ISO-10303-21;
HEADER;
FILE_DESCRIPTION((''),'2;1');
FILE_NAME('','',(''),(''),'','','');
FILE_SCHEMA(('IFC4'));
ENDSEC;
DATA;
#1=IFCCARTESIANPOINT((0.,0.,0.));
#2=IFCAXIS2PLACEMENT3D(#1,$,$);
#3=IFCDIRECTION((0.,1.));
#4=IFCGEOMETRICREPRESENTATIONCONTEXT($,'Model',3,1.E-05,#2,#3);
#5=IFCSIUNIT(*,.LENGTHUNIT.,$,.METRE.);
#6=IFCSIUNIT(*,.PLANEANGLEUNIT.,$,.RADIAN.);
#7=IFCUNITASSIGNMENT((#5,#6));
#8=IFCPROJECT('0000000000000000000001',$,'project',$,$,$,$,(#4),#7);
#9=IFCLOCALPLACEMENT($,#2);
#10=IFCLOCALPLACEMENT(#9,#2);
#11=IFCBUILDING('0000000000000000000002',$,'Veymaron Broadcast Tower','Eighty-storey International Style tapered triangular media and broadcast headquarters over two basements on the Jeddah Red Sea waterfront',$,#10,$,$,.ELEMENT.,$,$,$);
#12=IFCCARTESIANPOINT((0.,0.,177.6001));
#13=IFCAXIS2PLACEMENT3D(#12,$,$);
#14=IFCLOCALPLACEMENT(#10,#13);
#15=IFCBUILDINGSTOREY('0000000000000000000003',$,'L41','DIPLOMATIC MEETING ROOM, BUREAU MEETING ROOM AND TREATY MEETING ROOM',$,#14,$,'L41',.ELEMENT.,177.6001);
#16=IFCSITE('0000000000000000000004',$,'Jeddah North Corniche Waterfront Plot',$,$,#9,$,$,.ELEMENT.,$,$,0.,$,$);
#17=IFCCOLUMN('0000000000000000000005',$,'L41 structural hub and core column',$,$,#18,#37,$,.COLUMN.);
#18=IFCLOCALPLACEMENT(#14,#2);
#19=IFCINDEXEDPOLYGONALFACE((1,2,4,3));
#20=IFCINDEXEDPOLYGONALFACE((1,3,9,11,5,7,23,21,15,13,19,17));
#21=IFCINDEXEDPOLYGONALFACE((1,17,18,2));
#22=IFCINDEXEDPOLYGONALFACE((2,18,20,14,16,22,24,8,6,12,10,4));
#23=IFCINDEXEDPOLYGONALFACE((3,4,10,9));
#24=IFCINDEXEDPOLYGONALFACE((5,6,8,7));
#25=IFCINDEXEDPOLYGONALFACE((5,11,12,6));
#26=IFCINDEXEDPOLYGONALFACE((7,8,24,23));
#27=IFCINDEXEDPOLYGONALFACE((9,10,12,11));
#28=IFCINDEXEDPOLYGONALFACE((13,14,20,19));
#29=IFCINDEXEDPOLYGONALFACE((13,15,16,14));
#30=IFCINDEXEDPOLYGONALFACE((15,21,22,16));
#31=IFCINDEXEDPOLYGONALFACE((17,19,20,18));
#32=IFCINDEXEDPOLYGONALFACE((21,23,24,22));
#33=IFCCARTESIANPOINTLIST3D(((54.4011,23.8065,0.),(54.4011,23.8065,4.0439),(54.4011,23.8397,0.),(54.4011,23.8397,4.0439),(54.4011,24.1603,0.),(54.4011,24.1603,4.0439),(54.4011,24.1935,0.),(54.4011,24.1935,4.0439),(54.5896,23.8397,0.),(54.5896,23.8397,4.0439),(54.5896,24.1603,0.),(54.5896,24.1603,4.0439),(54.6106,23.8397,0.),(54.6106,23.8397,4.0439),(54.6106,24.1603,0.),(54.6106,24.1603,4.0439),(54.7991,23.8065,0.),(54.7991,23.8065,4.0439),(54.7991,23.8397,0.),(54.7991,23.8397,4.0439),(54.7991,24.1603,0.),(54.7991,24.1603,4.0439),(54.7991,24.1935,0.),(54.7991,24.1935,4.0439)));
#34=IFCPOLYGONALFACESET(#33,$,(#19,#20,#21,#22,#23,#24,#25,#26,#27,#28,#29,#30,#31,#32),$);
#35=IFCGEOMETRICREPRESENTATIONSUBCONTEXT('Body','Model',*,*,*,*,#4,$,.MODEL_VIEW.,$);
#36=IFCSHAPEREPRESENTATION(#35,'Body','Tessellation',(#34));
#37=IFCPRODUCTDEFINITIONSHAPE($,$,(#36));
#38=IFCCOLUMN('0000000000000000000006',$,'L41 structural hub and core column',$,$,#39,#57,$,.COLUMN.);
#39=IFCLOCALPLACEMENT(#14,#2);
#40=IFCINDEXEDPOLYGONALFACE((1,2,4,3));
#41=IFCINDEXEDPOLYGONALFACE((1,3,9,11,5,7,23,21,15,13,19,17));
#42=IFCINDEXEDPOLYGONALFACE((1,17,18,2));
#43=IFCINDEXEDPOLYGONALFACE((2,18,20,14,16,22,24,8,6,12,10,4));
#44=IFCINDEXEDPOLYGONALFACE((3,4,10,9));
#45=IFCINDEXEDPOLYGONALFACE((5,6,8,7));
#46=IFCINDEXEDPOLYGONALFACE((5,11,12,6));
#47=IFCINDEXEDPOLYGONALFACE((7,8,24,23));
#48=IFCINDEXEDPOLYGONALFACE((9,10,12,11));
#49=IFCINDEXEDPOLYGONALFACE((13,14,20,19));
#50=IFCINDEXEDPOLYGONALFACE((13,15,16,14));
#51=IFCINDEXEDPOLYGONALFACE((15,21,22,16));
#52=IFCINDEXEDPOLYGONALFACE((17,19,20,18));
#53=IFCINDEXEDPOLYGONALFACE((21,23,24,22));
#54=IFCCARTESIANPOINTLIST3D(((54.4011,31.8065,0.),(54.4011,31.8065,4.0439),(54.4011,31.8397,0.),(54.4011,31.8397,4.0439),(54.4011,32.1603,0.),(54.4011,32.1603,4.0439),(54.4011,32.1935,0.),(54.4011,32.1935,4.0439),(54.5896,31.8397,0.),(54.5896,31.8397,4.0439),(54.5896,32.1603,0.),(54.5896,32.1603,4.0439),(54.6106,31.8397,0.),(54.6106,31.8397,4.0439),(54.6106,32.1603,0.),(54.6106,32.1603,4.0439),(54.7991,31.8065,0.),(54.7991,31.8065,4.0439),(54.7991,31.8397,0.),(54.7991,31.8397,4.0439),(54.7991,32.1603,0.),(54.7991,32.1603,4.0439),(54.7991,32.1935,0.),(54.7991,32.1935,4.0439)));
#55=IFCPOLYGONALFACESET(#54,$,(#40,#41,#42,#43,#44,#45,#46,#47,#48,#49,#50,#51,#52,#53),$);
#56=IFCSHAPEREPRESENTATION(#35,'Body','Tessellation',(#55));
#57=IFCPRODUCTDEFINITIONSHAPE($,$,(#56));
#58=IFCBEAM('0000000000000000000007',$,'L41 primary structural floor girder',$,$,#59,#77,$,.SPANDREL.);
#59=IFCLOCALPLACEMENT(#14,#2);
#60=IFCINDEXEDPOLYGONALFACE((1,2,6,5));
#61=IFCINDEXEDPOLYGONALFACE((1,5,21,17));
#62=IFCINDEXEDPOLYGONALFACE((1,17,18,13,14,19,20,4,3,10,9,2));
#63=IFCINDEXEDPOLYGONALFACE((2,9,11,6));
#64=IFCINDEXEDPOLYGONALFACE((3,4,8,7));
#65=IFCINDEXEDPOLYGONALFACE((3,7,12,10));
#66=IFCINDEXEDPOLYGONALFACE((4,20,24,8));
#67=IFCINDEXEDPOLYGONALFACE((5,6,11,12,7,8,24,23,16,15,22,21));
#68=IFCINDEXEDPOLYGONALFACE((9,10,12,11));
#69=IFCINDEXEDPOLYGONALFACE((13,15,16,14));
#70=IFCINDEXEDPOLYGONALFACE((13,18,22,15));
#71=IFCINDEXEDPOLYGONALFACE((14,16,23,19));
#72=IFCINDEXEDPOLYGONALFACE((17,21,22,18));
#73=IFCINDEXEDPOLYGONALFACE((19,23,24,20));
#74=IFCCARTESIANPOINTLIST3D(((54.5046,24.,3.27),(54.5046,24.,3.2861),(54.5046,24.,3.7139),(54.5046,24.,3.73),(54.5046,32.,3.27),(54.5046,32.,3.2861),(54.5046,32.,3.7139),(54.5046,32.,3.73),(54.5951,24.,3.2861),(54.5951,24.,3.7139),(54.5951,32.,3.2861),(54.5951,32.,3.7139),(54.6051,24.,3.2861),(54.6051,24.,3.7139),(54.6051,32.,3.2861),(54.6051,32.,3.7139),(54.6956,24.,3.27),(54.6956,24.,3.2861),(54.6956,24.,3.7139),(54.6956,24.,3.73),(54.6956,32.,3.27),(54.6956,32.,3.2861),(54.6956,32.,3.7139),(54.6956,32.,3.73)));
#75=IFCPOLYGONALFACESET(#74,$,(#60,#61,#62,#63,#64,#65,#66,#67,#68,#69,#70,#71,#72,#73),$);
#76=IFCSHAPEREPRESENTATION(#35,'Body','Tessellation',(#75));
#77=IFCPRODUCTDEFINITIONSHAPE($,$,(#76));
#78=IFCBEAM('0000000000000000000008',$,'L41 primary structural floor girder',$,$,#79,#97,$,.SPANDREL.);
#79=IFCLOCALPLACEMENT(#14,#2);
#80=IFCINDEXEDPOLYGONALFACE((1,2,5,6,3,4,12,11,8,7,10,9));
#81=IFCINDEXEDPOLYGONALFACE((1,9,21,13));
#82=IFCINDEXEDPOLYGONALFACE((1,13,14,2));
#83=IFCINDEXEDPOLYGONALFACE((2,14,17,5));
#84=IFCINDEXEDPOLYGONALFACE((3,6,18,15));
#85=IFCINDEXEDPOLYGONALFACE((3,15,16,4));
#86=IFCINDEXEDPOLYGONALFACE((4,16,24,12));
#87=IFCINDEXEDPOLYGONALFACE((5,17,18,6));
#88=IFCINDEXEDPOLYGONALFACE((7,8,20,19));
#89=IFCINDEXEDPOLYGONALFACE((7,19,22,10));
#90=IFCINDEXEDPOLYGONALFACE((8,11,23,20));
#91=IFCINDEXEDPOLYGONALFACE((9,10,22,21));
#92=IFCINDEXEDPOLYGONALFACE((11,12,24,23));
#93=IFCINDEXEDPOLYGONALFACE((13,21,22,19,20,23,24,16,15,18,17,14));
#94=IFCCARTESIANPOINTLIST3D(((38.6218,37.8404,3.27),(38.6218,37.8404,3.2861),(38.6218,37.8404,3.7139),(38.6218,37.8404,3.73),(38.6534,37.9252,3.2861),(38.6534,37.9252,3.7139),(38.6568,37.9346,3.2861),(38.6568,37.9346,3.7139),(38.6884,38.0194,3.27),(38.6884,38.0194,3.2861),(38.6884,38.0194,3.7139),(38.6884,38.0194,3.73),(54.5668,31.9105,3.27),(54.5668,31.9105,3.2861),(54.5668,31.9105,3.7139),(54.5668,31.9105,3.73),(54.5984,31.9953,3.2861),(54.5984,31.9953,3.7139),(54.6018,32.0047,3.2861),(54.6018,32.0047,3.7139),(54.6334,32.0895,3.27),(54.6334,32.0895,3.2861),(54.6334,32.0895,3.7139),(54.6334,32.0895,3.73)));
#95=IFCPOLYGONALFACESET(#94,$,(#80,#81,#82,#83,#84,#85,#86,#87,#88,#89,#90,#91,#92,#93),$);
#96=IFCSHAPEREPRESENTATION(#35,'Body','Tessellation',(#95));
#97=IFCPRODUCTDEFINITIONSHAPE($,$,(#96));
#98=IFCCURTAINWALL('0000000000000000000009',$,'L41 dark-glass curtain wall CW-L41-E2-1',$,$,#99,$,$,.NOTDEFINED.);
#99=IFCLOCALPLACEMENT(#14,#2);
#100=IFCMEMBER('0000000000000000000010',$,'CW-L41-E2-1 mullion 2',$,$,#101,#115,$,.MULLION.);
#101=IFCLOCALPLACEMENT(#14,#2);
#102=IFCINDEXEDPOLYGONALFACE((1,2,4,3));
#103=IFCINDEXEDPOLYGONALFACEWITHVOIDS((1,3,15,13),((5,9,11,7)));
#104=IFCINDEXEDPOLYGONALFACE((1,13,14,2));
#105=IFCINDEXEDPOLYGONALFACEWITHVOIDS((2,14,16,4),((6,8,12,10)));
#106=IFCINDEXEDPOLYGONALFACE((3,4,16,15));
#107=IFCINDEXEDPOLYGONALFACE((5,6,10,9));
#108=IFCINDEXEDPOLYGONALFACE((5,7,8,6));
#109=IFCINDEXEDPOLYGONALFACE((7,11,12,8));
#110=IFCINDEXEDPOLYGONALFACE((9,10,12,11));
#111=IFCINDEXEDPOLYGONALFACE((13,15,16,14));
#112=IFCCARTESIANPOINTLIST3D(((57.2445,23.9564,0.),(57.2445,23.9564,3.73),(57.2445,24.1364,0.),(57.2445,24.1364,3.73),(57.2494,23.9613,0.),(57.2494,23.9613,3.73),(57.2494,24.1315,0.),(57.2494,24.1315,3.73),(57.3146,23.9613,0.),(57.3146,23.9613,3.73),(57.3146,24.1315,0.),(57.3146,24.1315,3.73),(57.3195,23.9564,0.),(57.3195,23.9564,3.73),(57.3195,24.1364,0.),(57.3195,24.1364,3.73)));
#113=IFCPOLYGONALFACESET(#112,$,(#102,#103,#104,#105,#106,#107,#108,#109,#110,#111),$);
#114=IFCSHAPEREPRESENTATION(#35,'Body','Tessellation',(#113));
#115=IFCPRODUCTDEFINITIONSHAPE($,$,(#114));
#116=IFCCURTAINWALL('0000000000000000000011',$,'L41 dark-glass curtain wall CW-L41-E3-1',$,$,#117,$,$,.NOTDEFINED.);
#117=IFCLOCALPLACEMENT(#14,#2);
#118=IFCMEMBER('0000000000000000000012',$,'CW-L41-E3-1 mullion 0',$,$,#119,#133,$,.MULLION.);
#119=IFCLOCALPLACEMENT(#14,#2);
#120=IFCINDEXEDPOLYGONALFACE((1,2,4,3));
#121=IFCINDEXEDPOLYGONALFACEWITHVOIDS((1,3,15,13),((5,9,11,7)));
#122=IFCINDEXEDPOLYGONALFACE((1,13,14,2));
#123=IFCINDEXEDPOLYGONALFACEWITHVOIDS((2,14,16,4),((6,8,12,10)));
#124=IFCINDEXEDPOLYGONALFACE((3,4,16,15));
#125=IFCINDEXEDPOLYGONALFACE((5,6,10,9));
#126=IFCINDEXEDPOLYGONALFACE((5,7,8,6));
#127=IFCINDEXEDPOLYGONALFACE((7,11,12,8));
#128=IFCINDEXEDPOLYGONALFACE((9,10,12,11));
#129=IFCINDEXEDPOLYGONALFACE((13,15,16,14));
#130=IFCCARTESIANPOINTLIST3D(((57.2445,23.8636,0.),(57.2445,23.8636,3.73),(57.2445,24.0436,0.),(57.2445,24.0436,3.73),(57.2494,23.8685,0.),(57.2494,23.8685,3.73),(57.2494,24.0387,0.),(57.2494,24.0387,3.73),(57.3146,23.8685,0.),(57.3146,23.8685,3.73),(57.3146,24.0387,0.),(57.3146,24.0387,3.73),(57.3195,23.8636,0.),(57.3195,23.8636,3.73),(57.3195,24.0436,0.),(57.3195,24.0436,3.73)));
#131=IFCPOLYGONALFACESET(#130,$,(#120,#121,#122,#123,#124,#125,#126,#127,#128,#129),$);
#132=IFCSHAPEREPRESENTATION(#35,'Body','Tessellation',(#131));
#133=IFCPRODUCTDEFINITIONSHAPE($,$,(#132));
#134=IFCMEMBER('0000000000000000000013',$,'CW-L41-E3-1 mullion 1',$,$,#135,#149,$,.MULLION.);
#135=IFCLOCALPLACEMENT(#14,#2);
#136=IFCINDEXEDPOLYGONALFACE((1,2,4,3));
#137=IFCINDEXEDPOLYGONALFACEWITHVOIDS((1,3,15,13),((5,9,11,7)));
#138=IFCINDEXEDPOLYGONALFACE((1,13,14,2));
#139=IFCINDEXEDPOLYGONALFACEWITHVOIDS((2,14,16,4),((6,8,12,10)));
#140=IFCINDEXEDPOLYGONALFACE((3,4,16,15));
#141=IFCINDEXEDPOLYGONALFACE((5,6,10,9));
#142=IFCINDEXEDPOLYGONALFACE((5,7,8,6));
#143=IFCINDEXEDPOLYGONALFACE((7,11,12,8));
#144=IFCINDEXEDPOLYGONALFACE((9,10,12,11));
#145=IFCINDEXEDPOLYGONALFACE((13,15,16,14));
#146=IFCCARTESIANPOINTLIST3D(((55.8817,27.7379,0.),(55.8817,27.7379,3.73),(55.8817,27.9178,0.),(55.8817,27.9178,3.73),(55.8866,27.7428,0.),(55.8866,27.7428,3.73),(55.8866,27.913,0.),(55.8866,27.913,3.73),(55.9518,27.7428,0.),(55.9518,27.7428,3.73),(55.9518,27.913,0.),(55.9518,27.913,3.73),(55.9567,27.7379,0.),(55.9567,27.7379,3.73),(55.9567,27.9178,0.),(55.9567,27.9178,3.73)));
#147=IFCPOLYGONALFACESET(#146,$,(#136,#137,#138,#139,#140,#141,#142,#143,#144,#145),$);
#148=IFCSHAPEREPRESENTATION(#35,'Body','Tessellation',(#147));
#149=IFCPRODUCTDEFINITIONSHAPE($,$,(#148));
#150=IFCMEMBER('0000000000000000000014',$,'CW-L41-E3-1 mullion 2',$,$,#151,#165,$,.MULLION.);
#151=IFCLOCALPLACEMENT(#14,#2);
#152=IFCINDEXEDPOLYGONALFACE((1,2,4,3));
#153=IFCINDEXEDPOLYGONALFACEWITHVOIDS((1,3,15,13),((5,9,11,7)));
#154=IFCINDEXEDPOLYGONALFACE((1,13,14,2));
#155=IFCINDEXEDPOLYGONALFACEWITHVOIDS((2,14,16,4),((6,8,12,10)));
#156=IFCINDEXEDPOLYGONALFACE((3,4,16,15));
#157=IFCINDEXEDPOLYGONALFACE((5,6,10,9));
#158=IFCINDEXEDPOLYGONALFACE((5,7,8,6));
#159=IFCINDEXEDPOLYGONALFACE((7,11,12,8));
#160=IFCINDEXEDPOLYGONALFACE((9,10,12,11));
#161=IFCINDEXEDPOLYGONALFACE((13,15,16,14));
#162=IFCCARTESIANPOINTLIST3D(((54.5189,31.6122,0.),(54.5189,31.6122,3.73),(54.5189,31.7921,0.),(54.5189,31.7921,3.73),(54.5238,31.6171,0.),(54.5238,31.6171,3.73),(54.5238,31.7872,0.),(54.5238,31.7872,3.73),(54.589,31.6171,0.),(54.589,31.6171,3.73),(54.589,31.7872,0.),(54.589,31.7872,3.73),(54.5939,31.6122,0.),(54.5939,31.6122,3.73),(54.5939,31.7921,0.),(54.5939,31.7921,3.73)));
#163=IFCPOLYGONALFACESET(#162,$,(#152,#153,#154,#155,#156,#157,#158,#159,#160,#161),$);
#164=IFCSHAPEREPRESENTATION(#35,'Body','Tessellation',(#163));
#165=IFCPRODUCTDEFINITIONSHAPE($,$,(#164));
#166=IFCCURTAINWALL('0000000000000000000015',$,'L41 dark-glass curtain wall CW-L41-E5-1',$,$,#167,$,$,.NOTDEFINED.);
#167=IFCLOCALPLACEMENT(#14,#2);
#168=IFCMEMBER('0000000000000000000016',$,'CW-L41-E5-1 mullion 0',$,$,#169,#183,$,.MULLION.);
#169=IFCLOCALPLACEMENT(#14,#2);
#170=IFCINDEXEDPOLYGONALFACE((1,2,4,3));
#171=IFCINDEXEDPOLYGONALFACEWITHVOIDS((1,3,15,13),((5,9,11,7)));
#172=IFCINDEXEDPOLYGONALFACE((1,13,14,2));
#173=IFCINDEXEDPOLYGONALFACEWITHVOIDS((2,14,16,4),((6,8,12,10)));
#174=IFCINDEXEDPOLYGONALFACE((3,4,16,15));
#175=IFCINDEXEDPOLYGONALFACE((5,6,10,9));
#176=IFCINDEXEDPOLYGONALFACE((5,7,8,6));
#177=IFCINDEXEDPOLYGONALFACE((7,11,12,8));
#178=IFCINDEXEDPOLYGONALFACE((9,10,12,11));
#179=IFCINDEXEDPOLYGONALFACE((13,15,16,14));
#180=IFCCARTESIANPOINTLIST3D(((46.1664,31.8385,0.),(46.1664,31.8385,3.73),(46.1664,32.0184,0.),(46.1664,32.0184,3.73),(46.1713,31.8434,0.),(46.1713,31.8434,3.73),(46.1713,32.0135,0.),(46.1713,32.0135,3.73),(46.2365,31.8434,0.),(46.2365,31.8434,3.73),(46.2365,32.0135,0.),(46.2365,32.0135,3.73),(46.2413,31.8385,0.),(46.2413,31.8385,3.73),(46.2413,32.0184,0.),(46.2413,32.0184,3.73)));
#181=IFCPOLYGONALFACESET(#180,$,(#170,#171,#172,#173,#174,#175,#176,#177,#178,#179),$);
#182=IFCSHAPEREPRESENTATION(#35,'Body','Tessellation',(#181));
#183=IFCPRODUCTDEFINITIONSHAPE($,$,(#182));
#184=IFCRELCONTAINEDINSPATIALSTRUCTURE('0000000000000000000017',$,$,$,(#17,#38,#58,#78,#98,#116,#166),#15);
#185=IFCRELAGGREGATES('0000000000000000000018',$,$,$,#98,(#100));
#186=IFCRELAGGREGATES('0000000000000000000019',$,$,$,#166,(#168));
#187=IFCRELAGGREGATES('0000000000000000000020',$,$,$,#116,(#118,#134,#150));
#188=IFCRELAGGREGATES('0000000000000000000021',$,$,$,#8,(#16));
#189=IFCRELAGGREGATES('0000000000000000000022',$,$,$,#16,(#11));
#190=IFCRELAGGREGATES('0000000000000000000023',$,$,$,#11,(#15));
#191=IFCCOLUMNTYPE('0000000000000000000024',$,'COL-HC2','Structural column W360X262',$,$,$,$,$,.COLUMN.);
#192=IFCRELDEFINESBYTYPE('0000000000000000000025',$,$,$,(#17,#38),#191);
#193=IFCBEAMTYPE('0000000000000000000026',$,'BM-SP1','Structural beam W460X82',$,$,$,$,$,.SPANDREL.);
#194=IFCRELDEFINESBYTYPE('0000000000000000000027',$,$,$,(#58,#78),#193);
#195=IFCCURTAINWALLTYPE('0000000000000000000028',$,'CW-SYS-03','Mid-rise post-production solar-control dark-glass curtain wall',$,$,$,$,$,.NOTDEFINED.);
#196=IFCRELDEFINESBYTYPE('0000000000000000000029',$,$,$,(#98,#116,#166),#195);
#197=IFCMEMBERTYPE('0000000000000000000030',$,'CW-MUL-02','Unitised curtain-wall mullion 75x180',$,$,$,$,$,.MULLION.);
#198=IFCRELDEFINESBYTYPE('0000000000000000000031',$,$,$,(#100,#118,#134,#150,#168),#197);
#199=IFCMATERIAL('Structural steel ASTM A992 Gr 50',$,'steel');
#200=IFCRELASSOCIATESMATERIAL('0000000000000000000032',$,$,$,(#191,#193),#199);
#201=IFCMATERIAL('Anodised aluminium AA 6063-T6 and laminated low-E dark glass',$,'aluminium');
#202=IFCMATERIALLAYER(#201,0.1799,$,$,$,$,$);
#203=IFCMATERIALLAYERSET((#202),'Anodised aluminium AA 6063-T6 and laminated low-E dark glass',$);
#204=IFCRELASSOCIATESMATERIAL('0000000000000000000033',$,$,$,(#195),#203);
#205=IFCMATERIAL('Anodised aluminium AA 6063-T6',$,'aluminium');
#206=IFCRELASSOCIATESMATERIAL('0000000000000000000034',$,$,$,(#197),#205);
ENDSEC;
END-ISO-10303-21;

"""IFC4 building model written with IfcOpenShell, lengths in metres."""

from ifc_helpers import new_model, si_unit, direction, frame, origin, origin_2d, place, context, subcontext, project, spatial, hollow_rectangle, i_section, extrude, material, layer, layer_set, material_profile, profile_set, type_object, element, aggregate, save


model = new_model("IFC4")

# Units and contexts
model_context = context("Model", 3, precision=1e-05, world=origin(), true_north=direction((0.0, 1.0)))
body_context = subcontext(model_context, "Body", "Model", "MODEL_VIEW")
ifc_project = project(units=[si_unit("LENGTHUNIT", "METRE"), si_unit("PLANEANGLEUNIT", "RADIAN")], contexts=[model_context])

# Site, building, storey
site_placement = place(None, origin())
site = spatial("IfcSite", under=ifc_project, at=site_placement, Name="Jeddah North Corniche Waterfront Plot", CompositionType="ELEMENT", RefElevation=0.0)
building_placement = place(site_placement, origin())
building = spatial("IfcBuilding", under=site, at=building_placement, Name="Veymaron Broadcast Tower", Description="Eighty-storey International Style tapered triangular media and broadcast headquarters over two basements on the Jeddah Red Sea waterfront", CompositionType="ELEMENT")
storey_placement = place(building_placement, frame((0.0, 0.0, 177.6001)))
storey = spatial("IfcBuildingStorey", under=building, at=storey_placement, Name="L41", Description="DIPLOMATIC MEETING ROOM, BUREAU MEETING ROOM AND TREATY MEETING ROOM", LongName="L41", CompositionType="ELEMENT", Elevation=177.6001)

# Columns
ifc_material_1 = material(Name="Structural steel ASTM A992 Gr 50", Category="steel")
ifc_material_profile_1 = material_profile(ifc_material_1, i_section(OverallWidth=0.3979, OverallDepth=0.387, WebThickness=0.021, FlangeThickness=0.0332, at=origin_2d()), Name="W360X262")
ifc_profile_set_1 = profile_set([ifc_material_profile_1], Name="Structural steel ASTM A992 Gr 50")
column_type = type_object("IfcColumnType", Name="COL-HC2", Description="Structural column W360X262", PredefinedType="COLUMN", material=ifc_profile_set_1)
for number, where, z_axis, x_axis, name in (
    (1, (54.6001, 24.0, 0.0), (0.0, 0.0, 1.0), (1.0, 0.0, 0.0), "L41 structural hub and core column"),
    (2, (54.6001, 32.0, 0.0), (0.0, 0.0, 1.0), (1.0, 0.0, 0.0), "L41 structural hub and core column"),
):
    element("IfcColumn", number, at=place(storey_placement, frame(where, z_axis=z_axis, x_axis=x_axis)), inside=storey, type_object=column_type, Name=name, PredefinedType="COLUMN", context=body_context, shape_type="SweptSolid", body=[
        extrude(i_section(OverallWidth=0.3979, OverallDepth=0.387, WebThickness=0.021, FlangeThickness=0.0332, at=origin_2d()), origin(), (0.0, 0.0, 1.0), 4.0439),
    ])

# Beams
ifc_material_profile_2 = material_profile(ifc_material_1, i_section(OverallWidth=0.1909, OverallDepth=0.46, WebThickness=0.01, FlangeThickness=0.0161, at=origin_2d()), Name="W460X82")
ifc_profile_set_2 = profile_set([ifc_material_profile_2], Name="Structural steel ASTM A992 Gr 50")
beam_type = type_object("IfcBeamType", Name="BM-SP1", Description="Structural beam W460X82", PredefinedType="SPANDREL", material=ifc_profile_set_2)
beam_1_placement = place(storey_placement, frame((54.6001, 24.0, 3.5), z_axis=(0.0, 1.0, 0.0), x_axis=(-1.0, 0.0, 0.0)))
element("IfcBeam", 3, at=beam_1_placement, inside=storey, type_object=beam_type, Name="L41 primary structural floor girder", PredefinedType="SPANDREL", context=body_context, shape_type="SweptSolid", body=[
    extrude(i_section(OverallWidth=0.1909, OverallDepth=0.46, WebThickness=0.01, FlangeThickness=0.0161, at=origin_2d()), origin(), (0.0, 0.0, 1.0), 8.0),
])
beam_2_placement = place(storey_placement, frame((54.6001, 32.0, 3.5), z_axis=(-0.937282, 0.348573, 0.0), x_axis=(-0.348573, -0.937282, 0.0)))
element("IfcBeam", 4, at=beam_2_placement, inside=storey, type_object=beam_type, Name="L41 primary structural floor girder", PredefinedType="SPANDREL", context=body_context, shape_type="SweptSolid", body=[
    extrude(i_section(OverallWidth=0.1909, OverallDepth=0.46, WebThickness=0.01, FlangeThickness=0.0161, at=origin_2d()), origin(), (0.0, 0.0, 1.0), 17.012),
])

# Curtain wall, member
ifc_material_2 = material(Name="Anodised aluminium AA 6063-T6 and laminated low-E dark glass", Category="aluminium")
ifc_layer_1 = layer(ifc_material_2, 0.1799)
ifc_layer_set_1 = layer_set([ifc_layer_1], Name="Anodised aluminium AA 6063-T6 and laminated low-E dark glass")
curtain_wall_type = type_object("IfcCurtainWallType", Name="CW-SYS-03", Description="Mid-rise post-production solar-control dark-glass curtain wall", PredefinedType="NOTDEFINED", material=ifc_layer_set_1)
curtain_wall_1_placement = place(storey_placement, origin())
curtain_wall_1 = element("IfcCurtainWall", 5, at=curtain_wall_1_placement, inside=storey, type_object=curtain_wall_type, Name="L41 dark-glass curtain wall CW-L41-E2-1", PredefinedType="NOTDEFINED")
ifc_material_3 = material(Name="Anodised aluminium AA 6063-T6", Category="aluminium")
ifc_material_profile_3 = material_profile(ifc_material_3, hollow_rectangle(XDim=0.075, YDim=0.1799, WallThickness=0.0049, at=origin_2d()), Name="AL180X75X5")
ifc_profile_set_3 = profile_set([ifc_material_profile_3], Name="Anodised aluminium AA 6063-T6")
member_type_1 = type_object("IfcMemberType", Name="CW-MUL-02", Description="Unitised curtain-wall mullion 75x180", PredefinedType="MULLION", material=ifc_profile_set_3)
member_1_placement = place(storey_placement, frame((57.282, 24.0464, 0.0), z_axis=(0.0, 0.0, 1.0), x_axis=(1.0, 0.0, 0.0)))
member_1 = element("IfcMember", 6, at=member_1_placement, type_object=member_type_1, Name="CW-L41-E2-1 mullion 2", PredefinedType="MULLION", context=body_context, shape_type="SweptSolid", body=[
    extrude(hollow_rectangle(XDim=0.075, YDim=0.1799, WallThickness=0.0049, at=origin_2d()), origin(), (0.0, 0.0, 1.0), 3.73),
])
aggregate(curtain_wall_1, [member_1])

# Curtain wall, members
curtain_wall_2_placement = place(storey_placement, origin())
curtain_wall_2 = element("IfcCurtainWall", 7, at=curtain_wall_2_placement, inside=storey, type_object=curtain_wall_type, Name="L41 dark-glass curtain wall CW-L41-E3-1", PredefinedType="NOTDEFINED")
member_2_placement = place(storey_placement, frame((57.282, 23.9536, 0.0), z_axis=(0.0, 0.0, 1.0), x_axis=(1.0, 0.0, 0.0)))
member_2 = element("IfcMember", 8, at=member_2_placement, type_object=member_type_1, Name="CW-L41-E3-1 mullion 0", PredefinedType="MULLION", context=body_context, shape_type="SweptSolid", body=[
    extrude(hollow_rectangle(XDim=0.075, YDim=0.1799, WallThickness=0.0049, at=origin_2d()), origin(), (0.0, 0.0, 1.0), 3.73),
])
member_3_placement = place(storey_placement, frame((55.9192, 27.8279, 0.0), z_axis=(0.0, 0.0, 1.0), x_axis=(1.0, 0.0, 0.0)))
member_3 = element("IfcMember", 9, at=member_3_placement, type_object=member_type_1, Name="CW-L41-E3-1 mullion 1", PredefinedType="MULLION", context=body_context, shape_type="SweptSolid", body=[
    extrude(hollow_rectangle(XDim=0.075, YDim=0.1799, WallThickness=0.0049, at=origin_2d()), origin(), (0.0, 0.0, 1.0), 3.73),
])
member_4_placement = place(storey_placement, frame((54.5564, 31.7021, 0.0), z_axis=(0.0, 0.0, 1.0), x_axis=(1.0, 0.0, 0.0)))
member_4 = element("IfcMember", 10, at=member_4_placement, type_object=member_type_1, Name="CW-L41-E3-1 mullion 2", PredefinedType="MULLION", context=body_context, shape_type="SweptSolid", body=[
    extrude(hollow_rectangle(XDim=0.075, YDim=0.1799, WallThickness=0.0049, at=origin_2d()), origin(), (0.0, 0.0, 1.0), 3.73),
])

# Curtain wall, member
curtain_wall_3_placement = place(storey_placement, origin())
curtain_wall_3 = element("IfcCurtainWall", 11, at=curtain_wall_3_placement, inside=storey, type_object=curtain_wall_type, Name="L41 dark-glass curtain wall CW-L41-E5-1", PredefinedType="NOTDEFINED")
member_5_placement = place(storey_placement, frame((46.2039, 31.9285, 0.0), z_axis=(0.0, 0.0, 1.0), x_axis=(1.0, 0.0, 0.0)))
member_5 = element("IfcMember", 12, at=member_5_placement, type_object=member_type_1, Name="CW-L41-E5-1 mullion 0", PredefinedType="MULLION", context=body_context, shape_type="SweptSolid", body=[
    extrude(hollow_rectangle(XDim=0.075, YDim=0.1799, WallThickness=0.0049, at=origin_2d()), origin(), (0.0, 0.0, 1.0), 3.73),
])

aggregate(curtain_wall_3, [member_5])

aggregate(curtain_wall_2, [member_2, member_3, member_4])

save(model, "model.ifc")
